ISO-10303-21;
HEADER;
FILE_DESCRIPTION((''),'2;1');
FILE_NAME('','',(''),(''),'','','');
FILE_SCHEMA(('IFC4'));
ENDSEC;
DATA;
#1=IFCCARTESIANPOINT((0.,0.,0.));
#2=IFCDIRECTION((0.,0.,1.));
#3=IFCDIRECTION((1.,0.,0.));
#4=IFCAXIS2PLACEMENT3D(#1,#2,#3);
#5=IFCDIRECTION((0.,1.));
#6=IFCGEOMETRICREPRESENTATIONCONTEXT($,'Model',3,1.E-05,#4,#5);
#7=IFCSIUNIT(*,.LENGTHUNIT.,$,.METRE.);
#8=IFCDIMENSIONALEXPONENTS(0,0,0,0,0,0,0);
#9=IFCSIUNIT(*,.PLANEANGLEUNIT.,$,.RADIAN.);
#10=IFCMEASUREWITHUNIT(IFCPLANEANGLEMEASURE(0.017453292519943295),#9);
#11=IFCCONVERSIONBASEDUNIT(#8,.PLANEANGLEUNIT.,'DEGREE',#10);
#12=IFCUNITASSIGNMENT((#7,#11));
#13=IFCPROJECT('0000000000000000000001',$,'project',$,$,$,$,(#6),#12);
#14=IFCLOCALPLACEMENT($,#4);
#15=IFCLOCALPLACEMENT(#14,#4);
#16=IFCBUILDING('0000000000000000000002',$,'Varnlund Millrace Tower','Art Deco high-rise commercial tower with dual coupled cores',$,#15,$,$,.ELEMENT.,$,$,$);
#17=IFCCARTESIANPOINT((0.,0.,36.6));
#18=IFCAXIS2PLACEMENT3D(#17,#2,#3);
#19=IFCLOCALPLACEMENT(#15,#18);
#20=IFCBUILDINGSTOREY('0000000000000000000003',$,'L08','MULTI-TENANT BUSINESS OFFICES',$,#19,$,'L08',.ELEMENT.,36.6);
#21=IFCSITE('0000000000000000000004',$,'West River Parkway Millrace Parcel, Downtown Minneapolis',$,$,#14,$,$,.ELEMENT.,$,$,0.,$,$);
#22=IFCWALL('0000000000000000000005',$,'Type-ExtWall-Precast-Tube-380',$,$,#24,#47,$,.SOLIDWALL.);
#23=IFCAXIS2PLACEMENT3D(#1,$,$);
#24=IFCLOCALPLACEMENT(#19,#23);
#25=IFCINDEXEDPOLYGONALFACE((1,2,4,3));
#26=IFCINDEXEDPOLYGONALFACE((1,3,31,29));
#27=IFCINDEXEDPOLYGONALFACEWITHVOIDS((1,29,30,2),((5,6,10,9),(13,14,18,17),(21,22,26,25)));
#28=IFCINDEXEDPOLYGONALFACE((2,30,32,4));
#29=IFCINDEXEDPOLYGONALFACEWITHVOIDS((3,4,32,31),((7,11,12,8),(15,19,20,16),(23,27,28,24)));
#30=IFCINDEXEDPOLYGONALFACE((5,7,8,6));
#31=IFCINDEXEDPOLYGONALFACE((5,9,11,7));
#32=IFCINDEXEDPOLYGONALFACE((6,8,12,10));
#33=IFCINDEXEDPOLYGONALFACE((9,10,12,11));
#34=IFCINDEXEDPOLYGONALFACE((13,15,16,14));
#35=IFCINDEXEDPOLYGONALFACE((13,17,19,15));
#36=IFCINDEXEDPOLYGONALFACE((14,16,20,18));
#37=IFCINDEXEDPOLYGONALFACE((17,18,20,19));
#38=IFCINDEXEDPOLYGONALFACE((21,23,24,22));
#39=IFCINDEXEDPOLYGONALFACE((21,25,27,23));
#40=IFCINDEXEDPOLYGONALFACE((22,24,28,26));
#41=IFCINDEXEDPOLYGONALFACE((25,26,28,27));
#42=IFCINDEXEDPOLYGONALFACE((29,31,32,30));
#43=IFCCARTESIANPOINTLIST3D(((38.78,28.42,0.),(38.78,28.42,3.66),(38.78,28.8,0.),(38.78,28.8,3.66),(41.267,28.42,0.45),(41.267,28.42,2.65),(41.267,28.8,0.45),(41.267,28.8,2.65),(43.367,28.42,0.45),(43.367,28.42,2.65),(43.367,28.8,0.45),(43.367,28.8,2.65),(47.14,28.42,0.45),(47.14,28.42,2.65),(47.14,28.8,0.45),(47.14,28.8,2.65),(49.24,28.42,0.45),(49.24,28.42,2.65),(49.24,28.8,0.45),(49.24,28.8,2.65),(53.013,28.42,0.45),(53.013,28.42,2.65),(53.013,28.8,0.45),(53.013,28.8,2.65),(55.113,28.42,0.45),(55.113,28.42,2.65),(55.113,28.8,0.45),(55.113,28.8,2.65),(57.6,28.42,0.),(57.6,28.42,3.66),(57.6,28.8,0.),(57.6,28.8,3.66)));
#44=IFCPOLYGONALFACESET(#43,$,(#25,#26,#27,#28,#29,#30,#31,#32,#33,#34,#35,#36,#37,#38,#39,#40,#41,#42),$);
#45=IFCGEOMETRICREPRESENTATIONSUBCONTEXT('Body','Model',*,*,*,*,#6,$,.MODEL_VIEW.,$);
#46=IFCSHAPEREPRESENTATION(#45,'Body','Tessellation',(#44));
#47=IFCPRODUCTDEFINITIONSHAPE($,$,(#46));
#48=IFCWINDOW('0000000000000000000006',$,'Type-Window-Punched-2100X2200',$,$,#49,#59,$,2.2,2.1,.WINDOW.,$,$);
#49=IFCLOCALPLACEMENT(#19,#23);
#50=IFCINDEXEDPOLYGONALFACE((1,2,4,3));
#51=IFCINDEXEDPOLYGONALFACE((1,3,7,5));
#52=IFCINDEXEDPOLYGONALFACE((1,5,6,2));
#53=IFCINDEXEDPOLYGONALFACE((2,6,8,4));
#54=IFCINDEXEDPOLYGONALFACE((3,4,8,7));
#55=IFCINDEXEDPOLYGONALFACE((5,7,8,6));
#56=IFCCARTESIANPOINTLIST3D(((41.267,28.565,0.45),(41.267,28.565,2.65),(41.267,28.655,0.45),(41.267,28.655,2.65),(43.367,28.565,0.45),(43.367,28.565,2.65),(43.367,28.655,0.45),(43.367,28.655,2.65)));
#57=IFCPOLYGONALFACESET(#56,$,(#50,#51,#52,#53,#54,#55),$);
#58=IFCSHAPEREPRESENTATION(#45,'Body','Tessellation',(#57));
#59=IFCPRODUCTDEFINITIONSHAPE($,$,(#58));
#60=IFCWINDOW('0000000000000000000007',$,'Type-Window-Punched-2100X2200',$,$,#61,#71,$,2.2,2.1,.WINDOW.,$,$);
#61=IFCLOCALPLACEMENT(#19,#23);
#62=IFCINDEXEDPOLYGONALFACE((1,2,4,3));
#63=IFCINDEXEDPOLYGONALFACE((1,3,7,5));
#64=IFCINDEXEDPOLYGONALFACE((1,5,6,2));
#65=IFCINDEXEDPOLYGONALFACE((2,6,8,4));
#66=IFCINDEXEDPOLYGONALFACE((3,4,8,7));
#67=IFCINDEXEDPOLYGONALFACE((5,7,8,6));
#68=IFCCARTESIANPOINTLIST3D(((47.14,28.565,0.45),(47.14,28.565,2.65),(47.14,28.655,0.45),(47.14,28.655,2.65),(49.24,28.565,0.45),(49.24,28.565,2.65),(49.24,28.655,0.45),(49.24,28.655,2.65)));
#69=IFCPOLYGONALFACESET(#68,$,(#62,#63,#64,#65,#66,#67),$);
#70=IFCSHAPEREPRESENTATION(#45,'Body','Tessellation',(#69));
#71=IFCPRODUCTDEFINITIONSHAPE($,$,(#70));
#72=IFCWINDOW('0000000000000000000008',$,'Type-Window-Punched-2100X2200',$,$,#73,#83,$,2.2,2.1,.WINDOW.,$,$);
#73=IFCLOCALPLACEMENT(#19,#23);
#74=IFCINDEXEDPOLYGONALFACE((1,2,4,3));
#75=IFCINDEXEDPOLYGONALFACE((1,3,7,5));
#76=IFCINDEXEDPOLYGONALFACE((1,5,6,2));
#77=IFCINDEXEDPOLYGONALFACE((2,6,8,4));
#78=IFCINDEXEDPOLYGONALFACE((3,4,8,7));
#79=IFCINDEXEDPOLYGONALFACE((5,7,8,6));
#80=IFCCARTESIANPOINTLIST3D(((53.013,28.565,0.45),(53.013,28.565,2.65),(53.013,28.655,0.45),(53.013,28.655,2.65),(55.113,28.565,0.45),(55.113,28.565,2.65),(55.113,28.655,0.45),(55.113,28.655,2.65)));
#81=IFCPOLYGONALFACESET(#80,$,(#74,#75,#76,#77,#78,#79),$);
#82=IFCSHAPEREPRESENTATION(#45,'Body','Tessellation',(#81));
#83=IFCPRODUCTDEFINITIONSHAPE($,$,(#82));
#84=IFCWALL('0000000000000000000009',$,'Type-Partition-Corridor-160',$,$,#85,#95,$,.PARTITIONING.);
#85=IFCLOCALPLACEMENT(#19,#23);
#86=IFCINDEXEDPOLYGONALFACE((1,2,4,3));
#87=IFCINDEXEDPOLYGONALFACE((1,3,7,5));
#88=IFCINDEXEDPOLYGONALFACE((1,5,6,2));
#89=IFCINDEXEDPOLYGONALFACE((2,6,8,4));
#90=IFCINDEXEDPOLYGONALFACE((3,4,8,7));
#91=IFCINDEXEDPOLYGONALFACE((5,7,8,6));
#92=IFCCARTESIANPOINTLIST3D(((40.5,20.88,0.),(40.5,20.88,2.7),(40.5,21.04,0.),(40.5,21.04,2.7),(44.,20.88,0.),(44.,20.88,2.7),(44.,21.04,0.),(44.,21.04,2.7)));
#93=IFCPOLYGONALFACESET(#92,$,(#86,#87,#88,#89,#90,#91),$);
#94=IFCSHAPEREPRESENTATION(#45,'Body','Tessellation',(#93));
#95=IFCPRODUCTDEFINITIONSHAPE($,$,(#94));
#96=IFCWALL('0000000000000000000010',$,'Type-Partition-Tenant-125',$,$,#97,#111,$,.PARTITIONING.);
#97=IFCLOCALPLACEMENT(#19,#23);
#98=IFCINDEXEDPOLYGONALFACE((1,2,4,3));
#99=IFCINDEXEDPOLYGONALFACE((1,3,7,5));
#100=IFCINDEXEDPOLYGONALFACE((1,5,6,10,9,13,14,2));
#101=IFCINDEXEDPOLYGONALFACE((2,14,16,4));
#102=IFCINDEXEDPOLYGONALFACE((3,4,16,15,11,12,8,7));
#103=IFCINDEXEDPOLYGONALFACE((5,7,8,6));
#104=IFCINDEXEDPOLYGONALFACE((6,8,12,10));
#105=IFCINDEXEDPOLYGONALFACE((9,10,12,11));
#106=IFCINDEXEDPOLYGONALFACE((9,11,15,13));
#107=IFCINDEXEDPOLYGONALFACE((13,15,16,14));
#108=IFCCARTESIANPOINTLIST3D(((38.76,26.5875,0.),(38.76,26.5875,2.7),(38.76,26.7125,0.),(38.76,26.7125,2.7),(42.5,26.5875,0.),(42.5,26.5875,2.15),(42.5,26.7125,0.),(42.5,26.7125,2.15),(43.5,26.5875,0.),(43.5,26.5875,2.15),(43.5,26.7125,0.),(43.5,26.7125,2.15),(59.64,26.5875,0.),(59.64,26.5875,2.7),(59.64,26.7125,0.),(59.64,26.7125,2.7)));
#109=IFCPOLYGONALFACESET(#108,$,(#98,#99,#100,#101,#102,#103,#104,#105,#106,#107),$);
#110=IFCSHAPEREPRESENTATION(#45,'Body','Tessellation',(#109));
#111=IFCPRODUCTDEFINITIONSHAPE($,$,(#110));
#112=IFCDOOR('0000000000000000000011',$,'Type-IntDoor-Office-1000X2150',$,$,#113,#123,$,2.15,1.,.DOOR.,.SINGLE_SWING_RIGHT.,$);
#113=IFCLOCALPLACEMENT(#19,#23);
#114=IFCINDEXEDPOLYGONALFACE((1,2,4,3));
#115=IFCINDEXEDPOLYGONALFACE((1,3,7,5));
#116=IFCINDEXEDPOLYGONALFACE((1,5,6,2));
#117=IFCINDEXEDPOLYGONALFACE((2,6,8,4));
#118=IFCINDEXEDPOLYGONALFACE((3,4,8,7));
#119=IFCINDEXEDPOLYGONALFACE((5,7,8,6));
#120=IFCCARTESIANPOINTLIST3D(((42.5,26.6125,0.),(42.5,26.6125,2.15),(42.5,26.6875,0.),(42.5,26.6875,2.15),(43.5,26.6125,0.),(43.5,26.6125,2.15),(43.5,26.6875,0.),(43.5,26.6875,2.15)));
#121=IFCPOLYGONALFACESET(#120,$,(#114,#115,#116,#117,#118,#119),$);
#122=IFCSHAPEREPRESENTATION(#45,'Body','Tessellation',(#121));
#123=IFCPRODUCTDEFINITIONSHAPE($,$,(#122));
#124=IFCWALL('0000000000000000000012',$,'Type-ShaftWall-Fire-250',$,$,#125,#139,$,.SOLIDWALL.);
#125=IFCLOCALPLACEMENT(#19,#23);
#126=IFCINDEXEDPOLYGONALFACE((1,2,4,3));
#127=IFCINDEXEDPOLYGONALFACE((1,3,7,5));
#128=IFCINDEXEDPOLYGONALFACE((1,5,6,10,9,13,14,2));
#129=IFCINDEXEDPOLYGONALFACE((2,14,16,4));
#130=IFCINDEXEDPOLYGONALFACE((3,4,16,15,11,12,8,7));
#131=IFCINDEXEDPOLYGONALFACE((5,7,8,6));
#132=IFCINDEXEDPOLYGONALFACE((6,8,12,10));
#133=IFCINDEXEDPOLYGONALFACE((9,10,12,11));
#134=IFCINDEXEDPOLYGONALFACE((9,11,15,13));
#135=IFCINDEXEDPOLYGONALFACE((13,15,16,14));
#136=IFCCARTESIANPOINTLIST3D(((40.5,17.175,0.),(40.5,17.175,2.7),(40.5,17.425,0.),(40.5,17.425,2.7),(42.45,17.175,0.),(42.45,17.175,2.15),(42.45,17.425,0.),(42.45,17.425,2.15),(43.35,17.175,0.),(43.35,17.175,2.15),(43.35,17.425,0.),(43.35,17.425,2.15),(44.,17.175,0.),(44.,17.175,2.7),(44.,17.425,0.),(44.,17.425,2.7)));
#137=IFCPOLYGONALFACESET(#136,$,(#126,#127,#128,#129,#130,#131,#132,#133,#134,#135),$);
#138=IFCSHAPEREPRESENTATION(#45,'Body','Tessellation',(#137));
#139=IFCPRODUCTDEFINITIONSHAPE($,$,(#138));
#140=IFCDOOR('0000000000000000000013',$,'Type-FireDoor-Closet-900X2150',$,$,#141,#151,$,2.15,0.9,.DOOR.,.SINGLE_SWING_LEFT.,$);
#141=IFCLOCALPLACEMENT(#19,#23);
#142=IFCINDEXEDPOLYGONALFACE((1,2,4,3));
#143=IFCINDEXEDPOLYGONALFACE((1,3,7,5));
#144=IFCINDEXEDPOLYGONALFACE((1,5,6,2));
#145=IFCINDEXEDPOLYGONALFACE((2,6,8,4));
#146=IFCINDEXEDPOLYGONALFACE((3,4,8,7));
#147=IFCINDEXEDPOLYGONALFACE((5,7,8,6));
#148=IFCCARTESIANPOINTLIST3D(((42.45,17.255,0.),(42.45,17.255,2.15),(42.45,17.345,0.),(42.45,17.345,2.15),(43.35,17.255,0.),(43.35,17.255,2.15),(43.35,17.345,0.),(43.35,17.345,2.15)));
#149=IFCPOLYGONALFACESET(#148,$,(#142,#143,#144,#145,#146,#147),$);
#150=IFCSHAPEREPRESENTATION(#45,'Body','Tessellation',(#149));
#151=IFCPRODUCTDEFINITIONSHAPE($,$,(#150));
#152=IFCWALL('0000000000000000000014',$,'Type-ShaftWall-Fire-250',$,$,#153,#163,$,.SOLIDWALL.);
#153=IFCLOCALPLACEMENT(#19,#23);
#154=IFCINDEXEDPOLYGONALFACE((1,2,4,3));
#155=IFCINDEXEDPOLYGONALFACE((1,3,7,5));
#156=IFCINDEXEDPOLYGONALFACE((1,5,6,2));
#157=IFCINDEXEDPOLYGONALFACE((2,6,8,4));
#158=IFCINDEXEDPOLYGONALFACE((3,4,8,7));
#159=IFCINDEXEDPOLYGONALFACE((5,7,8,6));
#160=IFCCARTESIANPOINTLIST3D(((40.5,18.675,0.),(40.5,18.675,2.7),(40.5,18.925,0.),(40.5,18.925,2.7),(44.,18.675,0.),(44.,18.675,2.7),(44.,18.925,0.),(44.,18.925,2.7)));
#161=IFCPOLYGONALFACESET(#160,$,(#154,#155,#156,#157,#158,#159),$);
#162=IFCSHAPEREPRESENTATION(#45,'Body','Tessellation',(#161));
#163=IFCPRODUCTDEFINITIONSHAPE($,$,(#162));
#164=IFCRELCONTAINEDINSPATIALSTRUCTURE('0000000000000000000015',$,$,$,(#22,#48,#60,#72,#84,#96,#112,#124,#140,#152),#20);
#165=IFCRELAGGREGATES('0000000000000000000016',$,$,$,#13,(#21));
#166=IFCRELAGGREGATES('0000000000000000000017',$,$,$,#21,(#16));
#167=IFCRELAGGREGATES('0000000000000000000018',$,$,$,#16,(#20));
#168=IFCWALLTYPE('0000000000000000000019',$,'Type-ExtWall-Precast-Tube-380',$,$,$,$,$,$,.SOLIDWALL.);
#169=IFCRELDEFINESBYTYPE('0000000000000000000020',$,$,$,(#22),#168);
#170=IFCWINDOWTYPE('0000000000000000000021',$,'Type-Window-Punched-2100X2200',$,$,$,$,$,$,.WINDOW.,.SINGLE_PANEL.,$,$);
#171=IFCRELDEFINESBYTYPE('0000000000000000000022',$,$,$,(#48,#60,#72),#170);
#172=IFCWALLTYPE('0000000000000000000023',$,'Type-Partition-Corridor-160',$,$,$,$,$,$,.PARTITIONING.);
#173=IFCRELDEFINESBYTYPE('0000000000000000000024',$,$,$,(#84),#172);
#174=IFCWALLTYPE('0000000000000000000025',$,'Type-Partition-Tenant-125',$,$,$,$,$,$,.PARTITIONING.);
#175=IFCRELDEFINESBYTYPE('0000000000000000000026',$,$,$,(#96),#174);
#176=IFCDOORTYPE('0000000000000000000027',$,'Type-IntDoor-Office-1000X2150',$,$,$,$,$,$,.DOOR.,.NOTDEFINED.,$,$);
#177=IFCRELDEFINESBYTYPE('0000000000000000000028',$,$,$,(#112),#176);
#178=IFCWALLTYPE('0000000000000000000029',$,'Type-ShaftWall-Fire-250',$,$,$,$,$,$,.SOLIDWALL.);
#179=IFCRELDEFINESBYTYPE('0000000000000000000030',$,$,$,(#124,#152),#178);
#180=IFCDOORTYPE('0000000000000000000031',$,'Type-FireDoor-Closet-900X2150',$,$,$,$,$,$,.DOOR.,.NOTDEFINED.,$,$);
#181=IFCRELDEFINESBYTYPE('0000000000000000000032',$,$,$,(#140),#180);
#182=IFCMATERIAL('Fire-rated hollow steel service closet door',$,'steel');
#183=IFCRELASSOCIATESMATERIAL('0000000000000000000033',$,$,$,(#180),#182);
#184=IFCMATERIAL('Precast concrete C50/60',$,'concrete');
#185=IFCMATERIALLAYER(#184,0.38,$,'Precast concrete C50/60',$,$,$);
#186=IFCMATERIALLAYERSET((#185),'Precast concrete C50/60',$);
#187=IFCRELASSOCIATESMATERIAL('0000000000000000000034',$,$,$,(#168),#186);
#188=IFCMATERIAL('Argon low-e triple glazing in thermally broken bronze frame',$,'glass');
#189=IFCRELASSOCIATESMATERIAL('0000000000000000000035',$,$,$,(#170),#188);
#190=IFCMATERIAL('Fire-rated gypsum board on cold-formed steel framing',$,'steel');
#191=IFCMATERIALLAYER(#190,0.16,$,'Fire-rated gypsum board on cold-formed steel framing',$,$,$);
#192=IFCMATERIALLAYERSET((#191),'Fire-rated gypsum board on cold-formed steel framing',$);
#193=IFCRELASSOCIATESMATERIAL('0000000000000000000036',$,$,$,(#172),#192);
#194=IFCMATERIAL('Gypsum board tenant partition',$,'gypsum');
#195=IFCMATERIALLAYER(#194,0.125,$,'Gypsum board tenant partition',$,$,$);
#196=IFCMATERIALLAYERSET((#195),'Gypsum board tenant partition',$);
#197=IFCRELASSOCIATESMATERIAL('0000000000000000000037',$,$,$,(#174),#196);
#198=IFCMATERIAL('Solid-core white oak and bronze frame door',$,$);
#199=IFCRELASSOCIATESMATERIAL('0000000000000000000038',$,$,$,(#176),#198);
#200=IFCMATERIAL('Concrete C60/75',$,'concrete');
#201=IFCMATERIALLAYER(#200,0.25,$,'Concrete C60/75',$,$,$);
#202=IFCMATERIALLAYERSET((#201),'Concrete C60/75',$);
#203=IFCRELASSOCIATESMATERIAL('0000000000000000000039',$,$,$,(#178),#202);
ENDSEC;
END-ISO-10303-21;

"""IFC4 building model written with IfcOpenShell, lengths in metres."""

from ifc_helpers import new_model, entity, si_unit, converted_unit, direction, frame, origin_with_axes, origin_2d_with_axis, place, context, subcontext, project, spatial, polyline, rectangle, outline, extrude, material, layer, layer_set, type_object, element, fill, save


model = new_model("IFC4")

# Units and contexts
model_context = context("Model", 3, precision=1e-05, world=origin_with_axes(), true_north=direction((0.0, 1.0)))
body_context = subcontext(model_context, "Body", "Model", "MODEL_VIEW")
ifc_project = project(units=[si_unit("LENGTHUNIT", "METRE"), converted_unit("PLANEANGLEUNIT", "DEGREE", entity("IfcPlaneAngleMeasure", 0.017453292519943295), si_unit("PLANEANGLEUNIT", "RADIAN"), dimensions=[0, 0, 0, 0, 0, 0, 0])], contexts=[model_context])

# Site, building, storey
site_placement = place(None, origin_with_axes())
site = spatial("IfcSite", under=ifc_project, at=site_placement, Name="West River Parkway Millrace Parcel, Downtown Minneapolis", CompositionType="ELEMENT", RefElevation=0.0)
building_placement = place(site_placement, origin_with_axes())
building = spatial("IfcBuilding", under=site, at=building_placement, Name="Varnlund Millrace Tower", Description="Art Deco high-rise commercial tower with dual coupled cores", CompositionType="ELEMENT")
storey_placement = place(building_placement, frame((0.0, 0.0, 36.6), z_axis=(0.0, 0.0, 1.0), x_axis=(1.0, 0.0, 0.0)))
storey = spatial("IfcBuildingStorey", under=building, at=storey_placement, Name="L08", Description="MULTI-TENANT BUSINESS OFFICES", LongName="L08", CompositionType="ELEMENT", Elevation=36.6)

# Shared definitions
ifc_material_1 = material(Name="Fire-rated hollow steel service closet door", Category="steel")
door_type_1 = type_object("IfcDoorType", Name="Type-FireDoor-Closet-900X2150", OperationType="NOTDEFINED", PredefinedType="DOOR", material=ifc_material_1)

# Wall, openings, windows
ifc_material_2 = material(Name="Precast concrete C50/60", Category="concrete")
ifc_layer_1 = layer(ifc_material_2, 0.38, Name="Precast concrete C50/60")
ifc_layer_set_1 = layer_set([ifc_layer_1], Name="Precast concrete C50/60")
wall_type_1 = type_object("IfcWallType", Name="Type-ExtWall-Precast-Tube-380", PredefinedType="SOLIDWALL", material=ifc_layer_set_1)
wall_1_placement = place(storey_placement, frame((38.78, 28.61, 0.0), z_axis=(0.0, 0.0, 1.0), x_axis=(1.0, 0.0, 0.0)))
wall_1 = element("IfcWall", 1, at=wall_1_placement, inside=storey, type_object=wall_type_1, Name="Type-ExtWall-Precast-Tube-380", PredefinedType="SOLIDWALL", context=body_context, shape_type="SweptSolid", body=[
    extrude(outline(polyline([(0.0, -0.19), (18.82, -0.19), (18.82, 0.19), (0.0, 0.19), (0.0, -0.19)])), origin_with_axes(), (0.0, 0.0, 1.0), 3.66),
])
opening_1_placement = place(wall_1_placement, frame((3.537, 0.0, 0.45), z_axis=(0.0, 0.0, 1.0), x_axis=(1.0, 0.0, 0.0)))
opening_1 = element("IfcOpeningElement", 2, at=opening_1_placement, cuts=wall_1, PredefinedType="OPENING", context=body_context, shape_type="SweptSolid", body=[
    extrude(rectangle(XDim=2.1, YDim=0.4, at=origin_2d_with_axis()), origin_with_axes(), (0.0, 0.0, 1.0), 2.2),
])
opening_2_placement = place(wall_1_placement, frame((9.41, 0.0, 0.45), z_axis=(0.0, 0.0, 1.0), x_axis=(1.0, 0.0, 0.0)))
opening_2 = element("IfcOpeningElement", 3, at=opening_2_placement, cuts=wall_1, PredefinedType="OPENING", context=body_context, shape_type="SweptSolid", body=[
    extrude(rectangle(XDim=2.1, YDim=0.4, at=origin_2d_with_axis()), origin_with_axes(), (0.0, 0.0, 1.0), 2.2),
])
opening_3_placement = place(wall_1_placement, frame((15.283, 0.0, 0.45), z_axis=(0.0, 0.0, 1.0), x_axis=(1.0, 0.0, 0.0)))
opening_3 = element("IfcOpeningElement", 4, at=opening_3_placement, cuts=wall_1, PredefinedType="OPENING", context=body_context, shape_type="SweptSolid", body=[
    extrude(rectangle(XDim=2.1, YDim=0.4, at=origin_2d_with_axis()), origin_with_axes(), (0.0, 0.0, 1.0), 2.2),
])
ifc_material_3 = material(Name="Argon low-e triple glazing in thermally broken bronze frame", Category="glass")
window_type = type_object("IfcWindowType", Name="Type-Window-Punched-2100X2200", PartitioningType="SINGLE_PANEL", PredefinedType="WINDOW", material=ifc_material_3)
window_1_placement = place(wall_1_placement, frame((3.537, 0.0, 0.45), z_axis=(0.0, 0.0, 1.0), x_axis=(1.0, 0.0, 0.0)))
window_1 = element("IfcWindow", 5, at=window_1_placement, inside=storey, type_object=window_type, Name="Type-Window-Punched-2100X2200", OverallHeight=2.2, OverallWidth=2.1, PredefinedType="WINDOW", context=body_context, shape_type="SweptSolid", body=[
    extrude(rectangle(XDim=2.1, YDim=0.09, at=origin_2d_with_axis()), origin_with_axes(), (0.0, 0.0, 1.0), 2.2),
])
fill(opening_1, window_1)
window_2_placement = place(wall_1_placement, frame((9.41, 0.0, 0.45), z_axis=(0.0, 0.0, 1.0), x_axis=(1.0, 0.0, 0.0)))
window_2 = element("IfcWindow", 6, at=window_2_placement, inside=storey, type_object=window_type, Name="Type-Window-Punched-2100X2200", OverallHeight=2.2, OverallWidth=2.1, PredefinedType="WINDOW", context=body_context, shape_type="SweptSolid", body=[
    extrude(rectangle(XDim=2.1, YDim=0.09, at=origin_2d_with_axis()), origin_with_axes(), (0.0, 0.0, 1.0), 2.2),
])
fill(opening_2, window_2)
window_3_placement = place(wall_1_placement, frame((15.283, 0.0, 0.45), z_axis=(0.0, 0.0, 1.0), x_axis=(1.0, 0.0, 0.0)))
window_3 = element("IfcWindow", 7, at=window_3_placement, inside=storey, type_object=window_type, Name="Type-Window-Punched-2100X2200", OverallHeight=2.2, OverallWidth=2.1, PredefinedType="WINDOW", context=body_context, shape_type="SweptSolid", body=[
    extrude(rectangle(XDim=2.1, YDim=0.09, at=origin_2d_with_axis()), origin_with_axes(), (0.0, 0.0, 1.0), 2.2),
])
fill(opening_3, window_3)

# Wall
ifc_material_4 = material(Name="Fire-rated gypsum board on cold-formed steel framing", Category="steel")
ifc_layer_2 = layer(ifc_material_4, 0.16, Name="Fire-rated gypsum board on cold-formed steel framing")
ifc_layer_set_2 = layer_set([ifc_layer_2], Name="Fire-rated gypsum board on cold-formed steel framing")
wall_type_2 = type_object("IfcWallType", Name="Type-Partition-Corridor-160", PredefinedType="PARTITIONING", material=ifc_layer_set_2)
wall_2_placement = place(storey_placement, frame((40.5, 20.96, 0.0), z_axis=(0.0, 0.0, 1.0), x_axis=(1.0, 0.0, 0.0)))
element("IfcWall", 8, at=wall_2_placement, inside=storey, type_object=wall_type_2, Name="Type-Partition-Corridor-160", PredefinedType="PARTITIONING", context=body_context, shape_type="SweptSolid", body=[
    extrude(outline(polyline([(0.0, -0.08), (3.5, -0.08), (3.5, 0.08), (0.0, 0.08), (0.0, -0.08)])), origin_with_axes(), (0.0, 0.0, 1.0), 2.7),
])

# Walls, openings, doors
ifc_material_5 = material(Name="Gypsum board tenant partition", Category="gypsum")
ifc_layer_3 = layer(ifc_material_5, 0.125, Name="Gypsum board tenant partition")
ifc_layer_set_3 = layer_set([ifc_layer_3], Name="Gypsum board tenant partition")
wall_type_3 = type_object("IfcWallType", Name="Type-Partition-Tenant-125", PredefinedType="PARTITIONING", material=ifc_layer_set_3)
wall_3_placement = place(storey_placement, frame((38.76, 26.65, 0.0), z_axis=(0.0, 0.0, 1.0), x_axis=(1.0, 0.0, 0.0)))
wall_3 = element("IfcWall", 9, at=wall_3_placement, inside=storey, type_object=wall_type_3, Name="Type-Partition-Tenant-125", PredefinedType="PARTITIONING", context=body_context, shape_type="SweptSolid", body=[
    extrude(outline(polyline([(0.0, -0.0625), (20.88, -0.0625), (20.88, 0.0625), (0.0, 0.0625), (0.0, -0.0625)])), origin_with_axes(), (0.0, 0.0, 1.0), 2.7),
])
opening_4_placement = place(wall_3_placement, frame((4.24, 0.0, 0.0), z_axis=(0.0, 0.0, 1.0), x_axis=(1.0, 0.0, 0.0)))
opening_4 = element("IfcOpeningElement", 10, at=opening_4_placement, cuts=wall_3, PredefinedType="OPENING", context=body_context, shape_type="SweptSolid", body=[
    extrude(rectangle(XDim=1.0, YDim=0.145, at=origin_2d_with_axis()), origin_with_axes(), (0.0, 0.0, 1.0), 2.15),
])
ifc_material_6 = material(Name="Solid-core white oak and bronze frame door")
door_type_2 = type_object("IfcDoorType", Name="Type-IntDoor-Office-1000X2150", OperationType="NOTDEFINED", PredefinedType="DOOR", material=ifc_material_6)
door_1_placement = place(wall_3_placement, frame((4.24, 0.0, 0.0), z_axis=(0.0, 0.0, 1.0), x_axis=(1.0, 0.0, 0.0)))
door_1 = element("IfcDoor", 11, at=door_1_placement, inside=storey, type_object=door_type_2, Name="Type-IntDoor-Office-1000X2150", OperationType="SINGLE_SWING_RIGHT", OverallHeight=2.15, OverallWidth=1.0, PredefinedType="DOOR", context=body_context, shape_type="SweptSolid", body=[
    extrude(rectangle(XDim=1.0, YDim=0.075, at=origin_2d_with_axis()), origin_with_axes(), (0.0, 0.0, 1.0), 2.15),
])
fill(opening_4, door_1)
ifc_material_7 = material(Name="Concrete C60/75", Category="concrete")
ifc_layer_4 = layer(ifc_material_7, 0.25, Name="Concrete C60/75")
ifc_layer_set_4 = layer_set([ifc_layer_4], Name="Concrete C60/75")
wall_type_4 = type_object("IfcWallType", Name="Type-ShaftWall-Fire-250", PredefinedType="SOLIDWALL", material=ifc_layer_set_4)
wall_4_placement = place(storey_placement, frame((40.5, 17.3, 0.0), z_axis=(0.0, 0.0, 1.0), x_axis=(1.0, 0.0, 0.0)))
wall_4 = element("IfcWall", 12, at=wall_4_placement, inside=storey, type_object=wall_type_4, Name="Type-ShaftWall-Fire-250", PredefinedType="SOLIDWALL", context=body_context, shape_type="SweptSolid", body=[
    extrude(outline(polyline([(0.0, -0.125), (3.5, -0.125), (3.5, 0.125), (0.0, 0.125), (0.0, -0.125)])), origin_with_axes(), (0.0, 0.0, 1.0), 2.7),
])
opening_5_placement = place(wall_4_placement, frame((2.4, 0.0, 0.0), z_axis=(0.0, 0.0, 1.0), x_axis=(1.0, 0.0, 0.0)))
opening_5 = element("IfcOpeningElement", 13, at=opening_5_placement, cuts=wall_4, PredefinedType="OPENING", context=body_context, shape_type="SweptSolid", body=[
    extrude(rectangle(XDim=0.9, YDim=0.27, at=origin_2d_with_axis()), origin_with_axes(), (0.0, 0.0, 1.0), 2.15),
])
door_2_placement = place(wall_4_placement, frame((2.4, 0.0, 0.0), z_axis=(0.0, 0.0, 1.0), x_axis=(1.0, 0.0, 0.0)))
door_2 = element("IfcDoor", 14, at=door_2_placement, inside=storey, type_object=door_type_1, Name="Type-FireDoor-Closet-900X2150", OperationType="SINGLE_SWING_LEFT", OverallHeight=2.15, OverallWidth=0.9, PredefinedType="DOOR", context=body_context, shape_type="SweptSolid", body=[
    extrude(rectangle(XDim=0.9, YDim=0.09, at=origin_2d_with_axis()), origin_with_axes(), (0.0, 0.0, 1.0), 2.15),
])
fill(opening_5, door_2)

# Wall
wall_5_placement = place(storey_placement, frame((40.5, 18.8, 0.0), z_axis=(0.0, 0.0, 1.0), x_axis=(1.0, 0.0, 0.0)))
element("IfcWall", 15, at=wall_5_placement, inside=storey, type_object=wall_type_4, Name="Type-ShaftWall-Fire-250", PredefinedType="SOLIDWALL", context=body_context, shape_type="SweptSolid", body=[
    extrude(outline(polyline([(0.0, -0.125), (3.5, -0.125), (3.5, 0.125), (0.0, 0.125), (0.0, -0.125)])), origin_with_axes(), (0.0, 0.0, 1.0), 2.7),
])

save(model, "model.ifc")
